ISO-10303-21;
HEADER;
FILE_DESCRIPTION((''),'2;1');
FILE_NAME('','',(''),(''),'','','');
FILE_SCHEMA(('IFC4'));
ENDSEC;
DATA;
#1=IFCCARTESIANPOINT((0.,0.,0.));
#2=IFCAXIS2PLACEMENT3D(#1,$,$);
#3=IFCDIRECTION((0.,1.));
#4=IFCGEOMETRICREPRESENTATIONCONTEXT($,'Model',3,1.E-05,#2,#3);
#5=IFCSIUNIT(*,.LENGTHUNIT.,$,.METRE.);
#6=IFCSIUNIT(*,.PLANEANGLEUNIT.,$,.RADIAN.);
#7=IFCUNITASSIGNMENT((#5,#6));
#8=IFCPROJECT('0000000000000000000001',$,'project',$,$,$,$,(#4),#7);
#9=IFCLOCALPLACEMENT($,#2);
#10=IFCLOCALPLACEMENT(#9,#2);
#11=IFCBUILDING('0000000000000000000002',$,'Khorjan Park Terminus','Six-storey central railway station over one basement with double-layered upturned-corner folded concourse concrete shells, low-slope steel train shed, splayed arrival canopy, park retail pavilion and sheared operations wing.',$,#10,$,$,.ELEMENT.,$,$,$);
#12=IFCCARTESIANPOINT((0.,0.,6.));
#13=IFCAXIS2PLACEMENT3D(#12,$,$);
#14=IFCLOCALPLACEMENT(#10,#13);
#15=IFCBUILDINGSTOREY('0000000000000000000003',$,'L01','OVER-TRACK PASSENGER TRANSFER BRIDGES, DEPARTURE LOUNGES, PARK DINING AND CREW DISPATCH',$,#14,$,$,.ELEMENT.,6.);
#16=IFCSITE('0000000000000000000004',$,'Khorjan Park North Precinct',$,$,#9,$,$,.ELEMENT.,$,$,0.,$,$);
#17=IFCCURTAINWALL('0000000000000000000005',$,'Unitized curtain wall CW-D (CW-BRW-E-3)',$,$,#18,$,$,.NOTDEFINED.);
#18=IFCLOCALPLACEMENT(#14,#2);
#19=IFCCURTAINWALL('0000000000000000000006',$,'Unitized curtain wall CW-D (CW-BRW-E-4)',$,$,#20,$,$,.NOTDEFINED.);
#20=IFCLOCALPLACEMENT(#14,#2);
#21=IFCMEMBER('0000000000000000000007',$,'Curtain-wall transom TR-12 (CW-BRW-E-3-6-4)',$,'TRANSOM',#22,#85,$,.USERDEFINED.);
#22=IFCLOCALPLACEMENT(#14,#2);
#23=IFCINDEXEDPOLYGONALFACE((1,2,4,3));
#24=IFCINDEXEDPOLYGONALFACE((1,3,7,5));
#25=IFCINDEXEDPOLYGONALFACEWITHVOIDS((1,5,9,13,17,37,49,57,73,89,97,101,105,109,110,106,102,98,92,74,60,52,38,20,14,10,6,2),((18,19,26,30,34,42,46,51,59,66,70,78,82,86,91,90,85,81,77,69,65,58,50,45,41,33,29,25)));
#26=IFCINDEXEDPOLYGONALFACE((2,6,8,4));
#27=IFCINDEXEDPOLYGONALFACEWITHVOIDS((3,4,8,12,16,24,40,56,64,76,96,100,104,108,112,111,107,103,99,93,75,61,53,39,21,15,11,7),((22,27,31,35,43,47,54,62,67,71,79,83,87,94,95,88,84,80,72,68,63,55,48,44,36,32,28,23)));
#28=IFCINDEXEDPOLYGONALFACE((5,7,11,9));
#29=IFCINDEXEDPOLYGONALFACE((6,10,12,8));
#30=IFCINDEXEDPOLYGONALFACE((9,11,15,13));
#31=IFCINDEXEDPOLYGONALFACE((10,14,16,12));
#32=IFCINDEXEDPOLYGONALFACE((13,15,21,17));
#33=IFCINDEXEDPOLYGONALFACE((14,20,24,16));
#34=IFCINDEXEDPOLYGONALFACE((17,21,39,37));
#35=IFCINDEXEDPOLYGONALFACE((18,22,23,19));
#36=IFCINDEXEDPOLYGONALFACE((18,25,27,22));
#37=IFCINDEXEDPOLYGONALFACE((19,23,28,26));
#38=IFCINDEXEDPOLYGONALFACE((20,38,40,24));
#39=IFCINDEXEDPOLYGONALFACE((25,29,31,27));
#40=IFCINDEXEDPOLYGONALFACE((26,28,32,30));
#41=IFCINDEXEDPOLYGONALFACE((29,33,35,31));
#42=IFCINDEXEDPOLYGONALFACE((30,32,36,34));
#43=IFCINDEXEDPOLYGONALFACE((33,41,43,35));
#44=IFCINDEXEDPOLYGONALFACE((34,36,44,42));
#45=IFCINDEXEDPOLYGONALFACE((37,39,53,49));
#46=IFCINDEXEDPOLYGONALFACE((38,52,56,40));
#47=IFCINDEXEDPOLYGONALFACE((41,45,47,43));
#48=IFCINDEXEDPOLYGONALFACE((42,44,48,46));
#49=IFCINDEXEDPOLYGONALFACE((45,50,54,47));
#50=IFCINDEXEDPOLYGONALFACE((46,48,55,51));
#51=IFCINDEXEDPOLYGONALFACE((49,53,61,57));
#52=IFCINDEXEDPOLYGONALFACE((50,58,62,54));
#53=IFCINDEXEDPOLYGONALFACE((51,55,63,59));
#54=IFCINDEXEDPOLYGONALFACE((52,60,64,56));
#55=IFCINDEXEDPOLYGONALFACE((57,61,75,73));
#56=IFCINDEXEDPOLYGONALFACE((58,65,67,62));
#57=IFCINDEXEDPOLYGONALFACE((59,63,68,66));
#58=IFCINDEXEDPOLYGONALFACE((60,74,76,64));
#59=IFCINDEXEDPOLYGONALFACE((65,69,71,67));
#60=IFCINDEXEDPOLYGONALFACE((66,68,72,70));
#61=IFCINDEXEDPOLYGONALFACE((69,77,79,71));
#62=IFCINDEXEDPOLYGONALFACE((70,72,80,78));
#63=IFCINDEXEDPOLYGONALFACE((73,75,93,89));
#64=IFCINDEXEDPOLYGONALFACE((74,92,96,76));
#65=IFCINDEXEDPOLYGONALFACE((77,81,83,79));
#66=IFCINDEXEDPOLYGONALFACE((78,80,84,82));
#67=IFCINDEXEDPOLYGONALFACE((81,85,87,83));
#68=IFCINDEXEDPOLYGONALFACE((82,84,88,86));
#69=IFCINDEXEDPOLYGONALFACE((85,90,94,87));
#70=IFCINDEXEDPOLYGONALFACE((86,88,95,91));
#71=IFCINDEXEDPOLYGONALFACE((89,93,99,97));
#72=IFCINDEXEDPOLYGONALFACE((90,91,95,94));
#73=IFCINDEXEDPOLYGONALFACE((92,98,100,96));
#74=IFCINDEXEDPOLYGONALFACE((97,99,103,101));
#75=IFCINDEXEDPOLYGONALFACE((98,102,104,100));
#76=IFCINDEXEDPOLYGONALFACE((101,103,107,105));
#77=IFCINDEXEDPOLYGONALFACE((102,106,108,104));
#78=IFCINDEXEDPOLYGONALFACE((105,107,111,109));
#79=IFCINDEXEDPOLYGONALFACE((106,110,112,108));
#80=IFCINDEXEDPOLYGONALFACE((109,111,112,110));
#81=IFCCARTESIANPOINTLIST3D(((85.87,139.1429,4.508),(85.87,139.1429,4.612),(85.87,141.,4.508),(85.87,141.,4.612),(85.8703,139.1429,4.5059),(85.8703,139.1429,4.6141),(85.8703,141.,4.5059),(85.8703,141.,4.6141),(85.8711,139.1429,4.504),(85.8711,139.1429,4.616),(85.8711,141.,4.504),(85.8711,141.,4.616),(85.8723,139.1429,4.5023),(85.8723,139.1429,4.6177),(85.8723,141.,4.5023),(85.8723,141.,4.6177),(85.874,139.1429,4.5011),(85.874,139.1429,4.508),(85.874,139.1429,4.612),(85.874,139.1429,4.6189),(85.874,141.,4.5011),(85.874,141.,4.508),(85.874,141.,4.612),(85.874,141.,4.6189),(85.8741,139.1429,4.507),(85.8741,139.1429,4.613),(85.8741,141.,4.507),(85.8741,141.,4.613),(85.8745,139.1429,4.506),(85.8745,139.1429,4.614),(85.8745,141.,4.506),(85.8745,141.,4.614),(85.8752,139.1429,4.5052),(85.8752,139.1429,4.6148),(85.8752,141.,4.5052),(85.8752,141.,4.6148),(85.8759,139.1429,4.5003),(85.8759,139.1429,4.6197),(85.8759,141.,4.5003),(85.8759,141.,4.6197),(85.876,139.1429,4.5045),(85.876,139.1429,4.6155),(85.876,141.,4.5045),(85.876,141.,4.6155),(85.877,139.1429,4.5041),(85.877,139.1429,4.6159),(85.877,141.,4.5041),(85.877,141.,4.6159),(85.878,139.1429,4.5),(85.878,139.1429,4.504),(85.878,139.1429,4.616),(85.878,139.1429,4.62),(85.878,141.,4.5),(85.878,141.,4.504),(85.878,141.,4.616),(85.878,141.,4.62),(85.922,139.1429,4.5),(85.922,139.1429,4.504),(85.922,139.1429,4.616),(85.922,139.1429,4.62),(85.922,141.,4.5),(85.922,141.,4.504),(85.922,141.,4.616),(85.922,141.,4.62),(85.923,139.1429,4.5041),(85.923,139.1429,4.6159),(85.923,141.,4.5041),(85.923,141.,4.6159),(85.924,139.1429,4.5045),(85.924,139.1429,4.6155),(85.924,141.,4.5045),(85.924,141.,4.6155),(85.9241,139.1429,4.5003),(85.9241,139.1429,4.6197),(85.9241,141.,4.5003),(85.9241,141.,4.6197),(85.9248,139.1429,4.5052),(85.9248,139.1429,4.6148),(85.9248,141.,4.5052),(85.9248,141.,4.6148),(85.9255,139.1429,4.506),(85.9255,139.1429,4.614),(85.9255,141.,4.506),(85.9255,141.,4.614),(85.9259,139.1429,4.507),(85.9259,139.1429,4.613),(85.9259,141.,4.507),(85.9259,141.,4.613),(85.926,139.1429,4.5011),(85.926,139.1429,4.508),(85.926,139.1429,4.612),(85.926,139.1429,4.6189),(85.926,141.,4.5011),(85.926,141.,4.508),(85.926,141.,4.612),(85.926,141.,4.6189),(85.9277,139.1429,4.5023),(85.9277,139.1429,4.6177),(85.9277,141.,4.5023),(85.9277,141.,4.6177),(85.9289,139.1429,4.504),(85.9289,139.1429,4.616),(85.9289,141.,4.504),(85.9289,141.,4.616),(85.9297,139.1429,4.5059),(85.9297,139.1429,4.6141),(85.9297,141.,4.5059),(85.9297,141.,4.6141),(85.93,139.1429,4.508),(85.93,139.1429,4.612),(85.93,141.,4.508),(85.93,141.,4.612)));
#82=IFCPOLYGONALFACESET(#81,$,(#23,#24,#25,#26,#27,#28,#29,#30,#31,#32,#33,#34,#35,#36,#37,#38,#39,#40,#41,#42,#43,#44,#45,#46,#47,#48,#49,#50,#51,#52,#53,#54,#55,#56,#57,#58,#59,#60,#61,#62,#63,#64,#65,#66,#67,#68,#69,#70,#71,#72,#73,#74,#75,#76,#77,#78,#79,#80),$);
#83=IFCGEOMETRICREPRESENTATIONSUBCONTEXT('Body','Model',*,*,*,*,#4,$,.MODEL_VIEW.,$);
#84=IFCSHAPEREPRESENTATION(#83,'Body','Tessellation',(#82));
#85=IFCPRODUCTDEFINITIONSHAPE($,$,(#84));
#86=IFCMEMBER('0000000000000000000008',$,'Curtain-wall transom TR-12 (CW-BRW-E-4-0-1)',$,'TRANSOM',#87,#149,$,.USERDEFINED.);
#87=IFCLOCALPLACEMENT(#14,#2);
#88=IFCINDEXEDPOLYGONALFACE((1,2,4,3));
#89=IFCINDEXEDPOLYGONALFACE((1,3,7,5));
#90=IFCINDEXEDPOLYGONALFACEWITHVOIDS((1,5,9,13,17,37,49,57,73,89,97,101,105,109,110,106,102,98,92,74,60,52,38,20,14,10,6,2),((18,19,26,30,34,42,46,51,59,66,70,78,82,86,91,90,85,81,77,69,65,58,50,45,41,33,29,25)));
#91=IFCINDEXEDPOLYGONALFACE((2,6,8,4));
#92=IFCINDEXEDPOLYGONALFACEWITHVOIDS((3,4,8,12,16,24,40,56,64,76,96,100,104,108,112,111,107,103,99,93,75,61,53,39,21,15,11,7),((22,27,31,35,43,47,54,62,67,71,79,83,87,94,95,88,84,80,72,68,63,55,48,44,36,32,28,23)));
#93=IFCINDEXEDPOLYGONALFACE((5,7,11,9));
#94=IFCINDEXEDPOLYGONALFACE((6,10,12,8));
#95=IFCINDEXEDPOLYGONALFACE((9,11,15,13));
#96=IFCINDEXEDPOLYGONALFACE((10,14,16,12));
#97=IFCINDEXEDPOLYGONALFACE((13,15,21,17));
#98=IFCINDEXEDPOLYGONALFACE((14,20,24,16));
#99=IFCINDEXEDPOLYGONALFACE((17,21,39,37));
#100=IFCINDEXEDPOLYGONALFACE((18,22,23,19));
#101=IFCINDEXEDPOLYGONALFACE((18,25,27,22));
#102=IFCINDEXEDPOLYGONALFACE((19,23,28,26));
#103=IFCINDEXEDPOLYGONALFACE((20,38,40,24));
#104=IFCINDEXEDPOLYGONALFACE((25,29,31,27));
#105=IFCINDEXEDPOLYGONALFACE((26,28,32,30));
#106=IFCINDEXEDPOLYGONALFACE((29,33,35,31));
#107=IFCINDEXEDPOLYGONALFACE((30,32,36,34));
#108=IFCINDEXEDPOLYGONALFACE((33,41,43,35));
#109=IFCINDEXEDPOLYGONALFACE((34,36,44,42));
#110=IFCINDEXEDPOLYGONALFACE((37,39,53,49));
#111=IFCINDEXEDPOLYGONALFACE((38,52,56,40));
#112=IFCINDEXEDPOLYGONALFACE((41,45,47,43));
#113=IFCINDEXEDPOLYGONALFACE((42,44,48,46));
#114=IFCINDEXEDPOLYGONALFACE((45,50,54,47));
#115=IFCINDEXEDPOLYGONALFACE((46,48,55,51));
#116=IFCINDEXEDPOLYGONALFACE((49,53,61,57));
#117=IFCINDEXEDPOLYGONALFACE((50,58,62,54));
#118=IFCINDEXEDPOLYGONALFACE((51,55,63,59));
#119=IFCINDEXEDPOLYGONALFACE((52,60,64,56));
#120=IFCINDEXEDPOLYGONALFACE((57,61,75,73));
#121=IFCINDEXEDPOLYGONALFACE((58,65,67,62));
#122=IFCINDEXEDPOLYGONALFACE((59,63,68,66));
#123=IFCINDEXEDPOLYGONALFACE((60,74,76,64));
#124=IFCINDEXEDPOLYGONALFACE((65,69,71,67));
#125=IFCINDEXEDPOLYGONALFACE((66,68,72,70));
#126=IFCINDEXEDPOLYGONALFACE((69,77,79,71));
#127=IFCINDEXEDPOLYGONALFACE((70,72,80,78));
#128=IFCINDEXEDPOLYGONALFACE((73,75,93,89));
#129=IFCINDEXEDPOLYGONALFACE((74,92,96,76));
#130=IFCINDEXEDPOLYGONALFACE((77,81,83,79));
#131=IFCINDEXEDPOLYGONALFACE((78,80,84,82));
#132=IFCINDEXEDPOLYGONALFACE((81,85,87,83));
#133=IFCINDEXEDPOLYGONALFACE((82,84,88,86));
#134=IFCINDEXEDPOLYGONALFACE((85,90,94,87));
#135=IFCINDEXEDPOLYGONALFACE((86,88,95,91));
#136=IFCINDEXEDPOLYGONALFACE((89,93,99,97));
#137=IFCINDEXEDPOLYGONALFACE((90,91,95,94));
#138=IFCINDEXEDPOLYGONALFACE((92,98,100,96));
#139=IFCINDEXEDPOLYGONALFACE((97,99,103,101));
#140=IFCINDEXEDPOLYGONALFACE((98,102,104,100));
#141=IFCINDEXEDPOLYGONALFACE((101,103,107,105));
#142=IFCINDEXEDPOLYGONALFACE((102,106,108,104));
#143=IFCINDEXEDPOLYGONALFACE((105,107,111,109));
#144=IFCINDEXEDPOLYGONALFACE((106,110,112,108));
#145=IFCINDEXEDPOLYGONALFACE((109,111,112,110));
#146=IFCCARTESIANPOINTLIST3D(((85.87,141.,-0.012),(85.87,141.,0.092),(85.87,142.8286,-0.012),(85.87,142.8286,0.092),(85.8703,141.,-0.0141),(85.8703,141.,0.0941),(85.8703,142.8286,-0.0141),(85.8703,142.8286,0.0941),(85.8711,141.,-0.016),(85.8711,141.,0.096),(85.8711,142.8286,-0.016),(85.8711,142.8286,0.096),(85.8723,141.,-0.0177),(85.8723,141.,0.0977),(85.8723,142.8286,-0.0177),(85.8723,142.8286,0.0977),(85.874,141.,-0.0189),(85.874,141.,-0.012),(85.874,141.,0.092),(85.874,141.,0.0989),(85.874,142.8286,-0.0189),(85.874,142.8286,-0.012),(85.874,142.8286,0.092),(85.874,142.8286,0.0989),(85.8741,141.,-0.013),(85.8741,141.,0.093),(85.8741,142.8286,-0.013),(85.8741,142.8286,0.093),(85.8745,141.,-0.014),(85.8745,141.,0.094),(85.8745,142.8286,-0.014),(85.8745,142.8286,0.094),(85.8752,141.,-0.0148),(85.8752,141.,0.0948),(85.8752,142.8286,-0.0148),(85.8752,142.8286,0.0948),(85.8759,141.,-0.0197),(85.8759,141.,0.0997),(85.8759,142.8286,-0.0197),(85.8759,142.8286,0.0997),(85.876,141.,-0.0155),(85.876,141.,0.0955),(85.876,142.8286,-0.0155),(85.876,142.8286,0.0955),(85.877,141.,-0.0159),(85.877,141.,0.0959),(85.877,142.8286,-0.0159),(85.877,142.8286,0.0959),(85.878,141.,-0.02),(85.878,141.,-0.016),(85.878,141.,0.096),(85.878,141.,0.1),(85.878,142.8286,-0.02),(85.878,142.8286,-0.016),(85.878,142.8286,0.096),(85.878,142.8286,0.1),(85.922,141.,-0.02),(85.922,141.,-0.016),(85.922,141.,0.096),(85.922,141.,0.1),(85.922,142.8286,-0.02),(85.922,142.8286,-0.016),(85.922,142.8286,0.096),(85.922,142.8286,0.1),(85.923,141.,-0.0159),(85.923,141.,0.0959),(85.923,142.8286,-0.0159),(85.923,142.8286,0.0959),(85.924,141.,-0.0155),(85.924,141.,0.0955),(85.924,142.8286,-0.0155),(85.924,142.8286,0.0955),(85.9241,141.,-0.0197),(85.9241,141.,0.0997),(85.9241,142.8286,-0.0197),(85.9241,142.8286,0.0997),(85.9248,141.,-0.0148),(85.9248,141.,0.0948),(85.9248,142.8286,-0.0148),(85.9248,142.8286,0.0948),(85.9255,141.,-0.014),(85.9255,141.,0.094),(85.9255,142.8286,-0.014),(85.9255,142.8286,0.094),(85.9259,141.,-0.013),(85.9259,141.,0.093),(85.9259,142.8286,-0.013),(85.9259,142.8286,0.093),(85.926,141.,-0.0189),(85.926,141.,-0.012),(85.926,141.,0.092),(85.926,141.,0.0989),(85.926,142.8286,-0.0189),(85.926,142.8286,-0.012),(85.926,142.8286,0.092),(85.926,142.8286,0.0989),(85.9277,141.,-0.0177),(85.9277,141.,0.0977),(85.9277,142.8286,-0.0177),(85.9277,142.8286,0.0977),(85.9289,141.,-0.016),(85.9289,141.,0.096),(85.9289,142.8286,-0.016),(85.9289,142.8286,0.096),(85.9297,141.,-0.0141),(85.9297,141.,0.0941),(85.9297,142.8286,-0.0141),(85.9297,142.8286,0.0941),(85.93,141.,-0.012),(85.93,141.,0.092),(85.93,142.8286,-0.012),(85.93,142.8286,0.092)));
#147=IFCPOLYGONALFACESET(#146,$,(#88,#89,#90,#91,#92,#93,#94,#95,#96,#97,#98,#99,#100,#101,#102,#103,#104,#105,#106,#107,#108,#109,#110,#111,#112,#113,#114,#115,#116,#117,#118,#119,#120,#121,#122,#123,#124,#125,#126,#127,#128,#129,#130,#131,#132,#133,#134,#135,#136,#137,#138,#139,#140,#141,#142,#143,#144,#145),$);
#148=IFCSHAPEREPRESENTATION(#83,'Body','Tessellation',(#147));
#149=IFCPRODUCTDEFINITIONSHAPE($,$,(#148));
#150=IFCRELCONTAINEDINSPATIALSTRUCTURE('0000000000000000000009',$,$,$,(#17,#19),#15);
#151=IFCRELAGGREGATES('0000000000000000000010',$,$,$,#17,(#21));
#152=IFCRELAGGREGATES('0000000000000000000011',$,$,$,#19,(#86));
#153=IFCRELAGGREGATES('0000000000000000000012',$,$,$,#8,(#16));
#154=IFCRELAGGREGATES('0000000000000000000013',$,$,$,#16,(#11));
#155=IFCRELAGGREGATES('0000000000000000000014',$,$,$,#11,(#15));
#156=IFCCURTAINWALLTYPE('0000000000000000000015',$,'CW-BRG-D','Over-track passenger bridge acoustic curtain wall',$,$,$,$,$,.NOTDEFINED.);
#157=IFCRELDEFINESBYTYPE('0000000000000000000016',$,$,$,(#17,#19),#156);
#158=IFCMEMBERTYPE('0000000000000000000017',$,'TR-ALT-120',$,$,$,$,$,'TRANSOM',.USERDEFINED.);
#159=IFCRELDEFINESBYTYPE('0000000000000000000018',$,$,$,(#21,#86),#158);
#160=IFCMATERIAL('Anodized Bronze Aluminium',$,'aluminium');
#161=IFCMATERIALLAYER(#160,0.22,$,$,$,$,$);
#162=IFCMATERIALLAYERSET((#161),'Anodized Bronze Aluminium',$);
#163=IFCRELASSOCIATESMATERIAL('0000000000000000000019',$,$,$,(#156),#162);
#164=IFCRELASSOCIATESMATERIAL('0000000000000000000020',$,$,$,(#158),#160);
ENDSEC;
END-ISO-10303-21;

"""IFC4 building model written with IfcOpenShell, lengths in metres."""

from ifc_helpers import new_model, si_unit, direction, frame, origin, origin_2d, place, context, subcontext, project, spatial, hollow_rectangle, extrude, material, layer, layer_set, material_profile, profile_set, type_object, element, aggregate, save


model = new_model("IFC4")

# Units and contexts
model_context = context("Model", 3, precision=1e-05, world=origin(), true_north=direction((0.0, 1.0)))
body_context = subcontext(model_context, "Body", "Model", "MODEL_VIEW")
ifc_project = project(units=[si_unit("LENGTHUNIT", "METRE"), si_unit("PLANEANGLEUNIT", "RADIAN")], contexts=[model_context])

# Site, building, storey
site_placement = place(None, origin())
site = spatial("IfcSite", under=ifc_project, at=site_placement, Name="Khorjan Park North Precinct", CompositionType="ELEMENT", RefElevation=0.0)
building_placement = place(site_placement, origin())
building = spatial("IfcBuilding", under=site, at=building_placement, Name="Khorjan Park Terminus", Description="Six-storey central railway station over one basement with double-layered upturned-corner folded concourse concrete shells, low-slope steel train shed, splayed arrival canopy, park retail pavilion and sheared operations wing.", CompositionType="ELEMENT")
storey_placement = place(building_placement, frame((0.0, 0.0, 6.0)))
storey = spatial("IfcBuildingStorey", under=building, at=storey_placement, Name="L01", Description="OVER-TRACK PASSENGER TRANSFER BRIDGES, DEPARTURE LOUNGES, PARK DINING AND CREW DISPATCH", CompositionType="ELEMENT", Elevation=6.0)

# Curtain walls
ifc_material_1 = material(Name="Anodized Bronze Aluminium", Category="aluminium")
ifc_layer_1 = layer(ifc_material_1, 0.22)
ifc_layer_set_1 = layer_set([ifc_layer_1], Name="Anodized Bronze Aluminium")
curtain_wall_type = type_object("IfcCurtainWallType", Name="CW-BRG-D", Description="Over-track passenger bridge acoustic curtain wall", PredefinedType="NOTDEFINED", material=ifc_layer_set_1)
curtain_wall_1_placement = place(storey_placement, origin())
curtain_wall_1 = element("IfcCurtainWall", 1, at=curtain_wall_1_placement, inside=storey, type_object=curtain_wall_type, Name="Unitized curtain wall CW-D (CW-BRW-E-3)", PredefinedType="NOTDEFINED")
curtain_wall_2_placement = place(storey_placement, origin())
curtain_wall_2 = element("IfcCurtainWall", 2, at=curtain_wall_2_placement, inside=storey, type_object=curtain_wall_type, Name="Unitized curtain wall CW-D (CW-BRW-E-4)", PredefinedType="NOTDEFINED")

# Members
ifc_material_profile_1 = material_profile(ifc_material_1, hollow_rectangle(XDim=0.06, YDim=0.12, WallThickness=0.004, InnerFilletRadius=0.004, OuterFilletRadius=0.008, at=origin_2d()), Name="ALT 60x120x4")
ifc_profile_set_1 = profile_set([ifc_material_profile_1], Name="Anodized Bronze Aluminium")
member_type_1 = type_object("IfcMemberType", Name="TR-ALT-120", ElementType="TRANSOM", PredefinedType="USERDEFINED", material=ifc_profile_set_1)
member_1_placement = place(storey_placement, frame((85.9, 139.1429, 4.56), z_axis=(0.0, 1.0, 0.0), x_axis=(-1.0, 0.0, 0.0)))
member_1 = element("IfcMember", 3, at=member_1_placement, type_object=member_type_1, Name="Curtain-wall transom TR-12 (CW-BRW-E-3-6-4)", ObjectType="TRANSOM", PredefinedType="USERDEFINED", context=body_context, shape_type="SweptSolid", body=[
    extrude(hollow_rectangle(XDim=0.06, YDim=0.12, WallThickness=0.004, InnerFilletRadius=0.004, OuterFilletRadius=0.008, at=origin_2d()), origin(), (0.0, 0.0, 1.0), 1.8571),
])
member_2_placement = place(storey_placement, frame((85.9, 141.0, 0.04), z_axis=(0.0, 1.0, 0.0), x_axis=(-1.0, 0.0, 0.0)))
member_2 = element("IfcMember", 4, at=member_2_placement, type_object=member_type_1, Name="Curtain-wall transom TR-12 (CW-BRW-E-4-0-1)", ObjectType="TRANSOM", PredefinedType="USERDEFINED", context=body_context, shape_type="SweptSolid", body=[
    extrude(hollow_rectangle(XDim=0.06, YDim=0.12, WallThickness=0.004, InnerFilletRadius=0.004, OuterFilletRadius=0.008, at=origin_2d()), origin(), (0.0, 0.0, 1.0), 1.8286),
])

aggregate(curtain_wall_1, [member_1])
aggregate(curtain_wall_2, [member_2])

save(model, "model.ifc")
